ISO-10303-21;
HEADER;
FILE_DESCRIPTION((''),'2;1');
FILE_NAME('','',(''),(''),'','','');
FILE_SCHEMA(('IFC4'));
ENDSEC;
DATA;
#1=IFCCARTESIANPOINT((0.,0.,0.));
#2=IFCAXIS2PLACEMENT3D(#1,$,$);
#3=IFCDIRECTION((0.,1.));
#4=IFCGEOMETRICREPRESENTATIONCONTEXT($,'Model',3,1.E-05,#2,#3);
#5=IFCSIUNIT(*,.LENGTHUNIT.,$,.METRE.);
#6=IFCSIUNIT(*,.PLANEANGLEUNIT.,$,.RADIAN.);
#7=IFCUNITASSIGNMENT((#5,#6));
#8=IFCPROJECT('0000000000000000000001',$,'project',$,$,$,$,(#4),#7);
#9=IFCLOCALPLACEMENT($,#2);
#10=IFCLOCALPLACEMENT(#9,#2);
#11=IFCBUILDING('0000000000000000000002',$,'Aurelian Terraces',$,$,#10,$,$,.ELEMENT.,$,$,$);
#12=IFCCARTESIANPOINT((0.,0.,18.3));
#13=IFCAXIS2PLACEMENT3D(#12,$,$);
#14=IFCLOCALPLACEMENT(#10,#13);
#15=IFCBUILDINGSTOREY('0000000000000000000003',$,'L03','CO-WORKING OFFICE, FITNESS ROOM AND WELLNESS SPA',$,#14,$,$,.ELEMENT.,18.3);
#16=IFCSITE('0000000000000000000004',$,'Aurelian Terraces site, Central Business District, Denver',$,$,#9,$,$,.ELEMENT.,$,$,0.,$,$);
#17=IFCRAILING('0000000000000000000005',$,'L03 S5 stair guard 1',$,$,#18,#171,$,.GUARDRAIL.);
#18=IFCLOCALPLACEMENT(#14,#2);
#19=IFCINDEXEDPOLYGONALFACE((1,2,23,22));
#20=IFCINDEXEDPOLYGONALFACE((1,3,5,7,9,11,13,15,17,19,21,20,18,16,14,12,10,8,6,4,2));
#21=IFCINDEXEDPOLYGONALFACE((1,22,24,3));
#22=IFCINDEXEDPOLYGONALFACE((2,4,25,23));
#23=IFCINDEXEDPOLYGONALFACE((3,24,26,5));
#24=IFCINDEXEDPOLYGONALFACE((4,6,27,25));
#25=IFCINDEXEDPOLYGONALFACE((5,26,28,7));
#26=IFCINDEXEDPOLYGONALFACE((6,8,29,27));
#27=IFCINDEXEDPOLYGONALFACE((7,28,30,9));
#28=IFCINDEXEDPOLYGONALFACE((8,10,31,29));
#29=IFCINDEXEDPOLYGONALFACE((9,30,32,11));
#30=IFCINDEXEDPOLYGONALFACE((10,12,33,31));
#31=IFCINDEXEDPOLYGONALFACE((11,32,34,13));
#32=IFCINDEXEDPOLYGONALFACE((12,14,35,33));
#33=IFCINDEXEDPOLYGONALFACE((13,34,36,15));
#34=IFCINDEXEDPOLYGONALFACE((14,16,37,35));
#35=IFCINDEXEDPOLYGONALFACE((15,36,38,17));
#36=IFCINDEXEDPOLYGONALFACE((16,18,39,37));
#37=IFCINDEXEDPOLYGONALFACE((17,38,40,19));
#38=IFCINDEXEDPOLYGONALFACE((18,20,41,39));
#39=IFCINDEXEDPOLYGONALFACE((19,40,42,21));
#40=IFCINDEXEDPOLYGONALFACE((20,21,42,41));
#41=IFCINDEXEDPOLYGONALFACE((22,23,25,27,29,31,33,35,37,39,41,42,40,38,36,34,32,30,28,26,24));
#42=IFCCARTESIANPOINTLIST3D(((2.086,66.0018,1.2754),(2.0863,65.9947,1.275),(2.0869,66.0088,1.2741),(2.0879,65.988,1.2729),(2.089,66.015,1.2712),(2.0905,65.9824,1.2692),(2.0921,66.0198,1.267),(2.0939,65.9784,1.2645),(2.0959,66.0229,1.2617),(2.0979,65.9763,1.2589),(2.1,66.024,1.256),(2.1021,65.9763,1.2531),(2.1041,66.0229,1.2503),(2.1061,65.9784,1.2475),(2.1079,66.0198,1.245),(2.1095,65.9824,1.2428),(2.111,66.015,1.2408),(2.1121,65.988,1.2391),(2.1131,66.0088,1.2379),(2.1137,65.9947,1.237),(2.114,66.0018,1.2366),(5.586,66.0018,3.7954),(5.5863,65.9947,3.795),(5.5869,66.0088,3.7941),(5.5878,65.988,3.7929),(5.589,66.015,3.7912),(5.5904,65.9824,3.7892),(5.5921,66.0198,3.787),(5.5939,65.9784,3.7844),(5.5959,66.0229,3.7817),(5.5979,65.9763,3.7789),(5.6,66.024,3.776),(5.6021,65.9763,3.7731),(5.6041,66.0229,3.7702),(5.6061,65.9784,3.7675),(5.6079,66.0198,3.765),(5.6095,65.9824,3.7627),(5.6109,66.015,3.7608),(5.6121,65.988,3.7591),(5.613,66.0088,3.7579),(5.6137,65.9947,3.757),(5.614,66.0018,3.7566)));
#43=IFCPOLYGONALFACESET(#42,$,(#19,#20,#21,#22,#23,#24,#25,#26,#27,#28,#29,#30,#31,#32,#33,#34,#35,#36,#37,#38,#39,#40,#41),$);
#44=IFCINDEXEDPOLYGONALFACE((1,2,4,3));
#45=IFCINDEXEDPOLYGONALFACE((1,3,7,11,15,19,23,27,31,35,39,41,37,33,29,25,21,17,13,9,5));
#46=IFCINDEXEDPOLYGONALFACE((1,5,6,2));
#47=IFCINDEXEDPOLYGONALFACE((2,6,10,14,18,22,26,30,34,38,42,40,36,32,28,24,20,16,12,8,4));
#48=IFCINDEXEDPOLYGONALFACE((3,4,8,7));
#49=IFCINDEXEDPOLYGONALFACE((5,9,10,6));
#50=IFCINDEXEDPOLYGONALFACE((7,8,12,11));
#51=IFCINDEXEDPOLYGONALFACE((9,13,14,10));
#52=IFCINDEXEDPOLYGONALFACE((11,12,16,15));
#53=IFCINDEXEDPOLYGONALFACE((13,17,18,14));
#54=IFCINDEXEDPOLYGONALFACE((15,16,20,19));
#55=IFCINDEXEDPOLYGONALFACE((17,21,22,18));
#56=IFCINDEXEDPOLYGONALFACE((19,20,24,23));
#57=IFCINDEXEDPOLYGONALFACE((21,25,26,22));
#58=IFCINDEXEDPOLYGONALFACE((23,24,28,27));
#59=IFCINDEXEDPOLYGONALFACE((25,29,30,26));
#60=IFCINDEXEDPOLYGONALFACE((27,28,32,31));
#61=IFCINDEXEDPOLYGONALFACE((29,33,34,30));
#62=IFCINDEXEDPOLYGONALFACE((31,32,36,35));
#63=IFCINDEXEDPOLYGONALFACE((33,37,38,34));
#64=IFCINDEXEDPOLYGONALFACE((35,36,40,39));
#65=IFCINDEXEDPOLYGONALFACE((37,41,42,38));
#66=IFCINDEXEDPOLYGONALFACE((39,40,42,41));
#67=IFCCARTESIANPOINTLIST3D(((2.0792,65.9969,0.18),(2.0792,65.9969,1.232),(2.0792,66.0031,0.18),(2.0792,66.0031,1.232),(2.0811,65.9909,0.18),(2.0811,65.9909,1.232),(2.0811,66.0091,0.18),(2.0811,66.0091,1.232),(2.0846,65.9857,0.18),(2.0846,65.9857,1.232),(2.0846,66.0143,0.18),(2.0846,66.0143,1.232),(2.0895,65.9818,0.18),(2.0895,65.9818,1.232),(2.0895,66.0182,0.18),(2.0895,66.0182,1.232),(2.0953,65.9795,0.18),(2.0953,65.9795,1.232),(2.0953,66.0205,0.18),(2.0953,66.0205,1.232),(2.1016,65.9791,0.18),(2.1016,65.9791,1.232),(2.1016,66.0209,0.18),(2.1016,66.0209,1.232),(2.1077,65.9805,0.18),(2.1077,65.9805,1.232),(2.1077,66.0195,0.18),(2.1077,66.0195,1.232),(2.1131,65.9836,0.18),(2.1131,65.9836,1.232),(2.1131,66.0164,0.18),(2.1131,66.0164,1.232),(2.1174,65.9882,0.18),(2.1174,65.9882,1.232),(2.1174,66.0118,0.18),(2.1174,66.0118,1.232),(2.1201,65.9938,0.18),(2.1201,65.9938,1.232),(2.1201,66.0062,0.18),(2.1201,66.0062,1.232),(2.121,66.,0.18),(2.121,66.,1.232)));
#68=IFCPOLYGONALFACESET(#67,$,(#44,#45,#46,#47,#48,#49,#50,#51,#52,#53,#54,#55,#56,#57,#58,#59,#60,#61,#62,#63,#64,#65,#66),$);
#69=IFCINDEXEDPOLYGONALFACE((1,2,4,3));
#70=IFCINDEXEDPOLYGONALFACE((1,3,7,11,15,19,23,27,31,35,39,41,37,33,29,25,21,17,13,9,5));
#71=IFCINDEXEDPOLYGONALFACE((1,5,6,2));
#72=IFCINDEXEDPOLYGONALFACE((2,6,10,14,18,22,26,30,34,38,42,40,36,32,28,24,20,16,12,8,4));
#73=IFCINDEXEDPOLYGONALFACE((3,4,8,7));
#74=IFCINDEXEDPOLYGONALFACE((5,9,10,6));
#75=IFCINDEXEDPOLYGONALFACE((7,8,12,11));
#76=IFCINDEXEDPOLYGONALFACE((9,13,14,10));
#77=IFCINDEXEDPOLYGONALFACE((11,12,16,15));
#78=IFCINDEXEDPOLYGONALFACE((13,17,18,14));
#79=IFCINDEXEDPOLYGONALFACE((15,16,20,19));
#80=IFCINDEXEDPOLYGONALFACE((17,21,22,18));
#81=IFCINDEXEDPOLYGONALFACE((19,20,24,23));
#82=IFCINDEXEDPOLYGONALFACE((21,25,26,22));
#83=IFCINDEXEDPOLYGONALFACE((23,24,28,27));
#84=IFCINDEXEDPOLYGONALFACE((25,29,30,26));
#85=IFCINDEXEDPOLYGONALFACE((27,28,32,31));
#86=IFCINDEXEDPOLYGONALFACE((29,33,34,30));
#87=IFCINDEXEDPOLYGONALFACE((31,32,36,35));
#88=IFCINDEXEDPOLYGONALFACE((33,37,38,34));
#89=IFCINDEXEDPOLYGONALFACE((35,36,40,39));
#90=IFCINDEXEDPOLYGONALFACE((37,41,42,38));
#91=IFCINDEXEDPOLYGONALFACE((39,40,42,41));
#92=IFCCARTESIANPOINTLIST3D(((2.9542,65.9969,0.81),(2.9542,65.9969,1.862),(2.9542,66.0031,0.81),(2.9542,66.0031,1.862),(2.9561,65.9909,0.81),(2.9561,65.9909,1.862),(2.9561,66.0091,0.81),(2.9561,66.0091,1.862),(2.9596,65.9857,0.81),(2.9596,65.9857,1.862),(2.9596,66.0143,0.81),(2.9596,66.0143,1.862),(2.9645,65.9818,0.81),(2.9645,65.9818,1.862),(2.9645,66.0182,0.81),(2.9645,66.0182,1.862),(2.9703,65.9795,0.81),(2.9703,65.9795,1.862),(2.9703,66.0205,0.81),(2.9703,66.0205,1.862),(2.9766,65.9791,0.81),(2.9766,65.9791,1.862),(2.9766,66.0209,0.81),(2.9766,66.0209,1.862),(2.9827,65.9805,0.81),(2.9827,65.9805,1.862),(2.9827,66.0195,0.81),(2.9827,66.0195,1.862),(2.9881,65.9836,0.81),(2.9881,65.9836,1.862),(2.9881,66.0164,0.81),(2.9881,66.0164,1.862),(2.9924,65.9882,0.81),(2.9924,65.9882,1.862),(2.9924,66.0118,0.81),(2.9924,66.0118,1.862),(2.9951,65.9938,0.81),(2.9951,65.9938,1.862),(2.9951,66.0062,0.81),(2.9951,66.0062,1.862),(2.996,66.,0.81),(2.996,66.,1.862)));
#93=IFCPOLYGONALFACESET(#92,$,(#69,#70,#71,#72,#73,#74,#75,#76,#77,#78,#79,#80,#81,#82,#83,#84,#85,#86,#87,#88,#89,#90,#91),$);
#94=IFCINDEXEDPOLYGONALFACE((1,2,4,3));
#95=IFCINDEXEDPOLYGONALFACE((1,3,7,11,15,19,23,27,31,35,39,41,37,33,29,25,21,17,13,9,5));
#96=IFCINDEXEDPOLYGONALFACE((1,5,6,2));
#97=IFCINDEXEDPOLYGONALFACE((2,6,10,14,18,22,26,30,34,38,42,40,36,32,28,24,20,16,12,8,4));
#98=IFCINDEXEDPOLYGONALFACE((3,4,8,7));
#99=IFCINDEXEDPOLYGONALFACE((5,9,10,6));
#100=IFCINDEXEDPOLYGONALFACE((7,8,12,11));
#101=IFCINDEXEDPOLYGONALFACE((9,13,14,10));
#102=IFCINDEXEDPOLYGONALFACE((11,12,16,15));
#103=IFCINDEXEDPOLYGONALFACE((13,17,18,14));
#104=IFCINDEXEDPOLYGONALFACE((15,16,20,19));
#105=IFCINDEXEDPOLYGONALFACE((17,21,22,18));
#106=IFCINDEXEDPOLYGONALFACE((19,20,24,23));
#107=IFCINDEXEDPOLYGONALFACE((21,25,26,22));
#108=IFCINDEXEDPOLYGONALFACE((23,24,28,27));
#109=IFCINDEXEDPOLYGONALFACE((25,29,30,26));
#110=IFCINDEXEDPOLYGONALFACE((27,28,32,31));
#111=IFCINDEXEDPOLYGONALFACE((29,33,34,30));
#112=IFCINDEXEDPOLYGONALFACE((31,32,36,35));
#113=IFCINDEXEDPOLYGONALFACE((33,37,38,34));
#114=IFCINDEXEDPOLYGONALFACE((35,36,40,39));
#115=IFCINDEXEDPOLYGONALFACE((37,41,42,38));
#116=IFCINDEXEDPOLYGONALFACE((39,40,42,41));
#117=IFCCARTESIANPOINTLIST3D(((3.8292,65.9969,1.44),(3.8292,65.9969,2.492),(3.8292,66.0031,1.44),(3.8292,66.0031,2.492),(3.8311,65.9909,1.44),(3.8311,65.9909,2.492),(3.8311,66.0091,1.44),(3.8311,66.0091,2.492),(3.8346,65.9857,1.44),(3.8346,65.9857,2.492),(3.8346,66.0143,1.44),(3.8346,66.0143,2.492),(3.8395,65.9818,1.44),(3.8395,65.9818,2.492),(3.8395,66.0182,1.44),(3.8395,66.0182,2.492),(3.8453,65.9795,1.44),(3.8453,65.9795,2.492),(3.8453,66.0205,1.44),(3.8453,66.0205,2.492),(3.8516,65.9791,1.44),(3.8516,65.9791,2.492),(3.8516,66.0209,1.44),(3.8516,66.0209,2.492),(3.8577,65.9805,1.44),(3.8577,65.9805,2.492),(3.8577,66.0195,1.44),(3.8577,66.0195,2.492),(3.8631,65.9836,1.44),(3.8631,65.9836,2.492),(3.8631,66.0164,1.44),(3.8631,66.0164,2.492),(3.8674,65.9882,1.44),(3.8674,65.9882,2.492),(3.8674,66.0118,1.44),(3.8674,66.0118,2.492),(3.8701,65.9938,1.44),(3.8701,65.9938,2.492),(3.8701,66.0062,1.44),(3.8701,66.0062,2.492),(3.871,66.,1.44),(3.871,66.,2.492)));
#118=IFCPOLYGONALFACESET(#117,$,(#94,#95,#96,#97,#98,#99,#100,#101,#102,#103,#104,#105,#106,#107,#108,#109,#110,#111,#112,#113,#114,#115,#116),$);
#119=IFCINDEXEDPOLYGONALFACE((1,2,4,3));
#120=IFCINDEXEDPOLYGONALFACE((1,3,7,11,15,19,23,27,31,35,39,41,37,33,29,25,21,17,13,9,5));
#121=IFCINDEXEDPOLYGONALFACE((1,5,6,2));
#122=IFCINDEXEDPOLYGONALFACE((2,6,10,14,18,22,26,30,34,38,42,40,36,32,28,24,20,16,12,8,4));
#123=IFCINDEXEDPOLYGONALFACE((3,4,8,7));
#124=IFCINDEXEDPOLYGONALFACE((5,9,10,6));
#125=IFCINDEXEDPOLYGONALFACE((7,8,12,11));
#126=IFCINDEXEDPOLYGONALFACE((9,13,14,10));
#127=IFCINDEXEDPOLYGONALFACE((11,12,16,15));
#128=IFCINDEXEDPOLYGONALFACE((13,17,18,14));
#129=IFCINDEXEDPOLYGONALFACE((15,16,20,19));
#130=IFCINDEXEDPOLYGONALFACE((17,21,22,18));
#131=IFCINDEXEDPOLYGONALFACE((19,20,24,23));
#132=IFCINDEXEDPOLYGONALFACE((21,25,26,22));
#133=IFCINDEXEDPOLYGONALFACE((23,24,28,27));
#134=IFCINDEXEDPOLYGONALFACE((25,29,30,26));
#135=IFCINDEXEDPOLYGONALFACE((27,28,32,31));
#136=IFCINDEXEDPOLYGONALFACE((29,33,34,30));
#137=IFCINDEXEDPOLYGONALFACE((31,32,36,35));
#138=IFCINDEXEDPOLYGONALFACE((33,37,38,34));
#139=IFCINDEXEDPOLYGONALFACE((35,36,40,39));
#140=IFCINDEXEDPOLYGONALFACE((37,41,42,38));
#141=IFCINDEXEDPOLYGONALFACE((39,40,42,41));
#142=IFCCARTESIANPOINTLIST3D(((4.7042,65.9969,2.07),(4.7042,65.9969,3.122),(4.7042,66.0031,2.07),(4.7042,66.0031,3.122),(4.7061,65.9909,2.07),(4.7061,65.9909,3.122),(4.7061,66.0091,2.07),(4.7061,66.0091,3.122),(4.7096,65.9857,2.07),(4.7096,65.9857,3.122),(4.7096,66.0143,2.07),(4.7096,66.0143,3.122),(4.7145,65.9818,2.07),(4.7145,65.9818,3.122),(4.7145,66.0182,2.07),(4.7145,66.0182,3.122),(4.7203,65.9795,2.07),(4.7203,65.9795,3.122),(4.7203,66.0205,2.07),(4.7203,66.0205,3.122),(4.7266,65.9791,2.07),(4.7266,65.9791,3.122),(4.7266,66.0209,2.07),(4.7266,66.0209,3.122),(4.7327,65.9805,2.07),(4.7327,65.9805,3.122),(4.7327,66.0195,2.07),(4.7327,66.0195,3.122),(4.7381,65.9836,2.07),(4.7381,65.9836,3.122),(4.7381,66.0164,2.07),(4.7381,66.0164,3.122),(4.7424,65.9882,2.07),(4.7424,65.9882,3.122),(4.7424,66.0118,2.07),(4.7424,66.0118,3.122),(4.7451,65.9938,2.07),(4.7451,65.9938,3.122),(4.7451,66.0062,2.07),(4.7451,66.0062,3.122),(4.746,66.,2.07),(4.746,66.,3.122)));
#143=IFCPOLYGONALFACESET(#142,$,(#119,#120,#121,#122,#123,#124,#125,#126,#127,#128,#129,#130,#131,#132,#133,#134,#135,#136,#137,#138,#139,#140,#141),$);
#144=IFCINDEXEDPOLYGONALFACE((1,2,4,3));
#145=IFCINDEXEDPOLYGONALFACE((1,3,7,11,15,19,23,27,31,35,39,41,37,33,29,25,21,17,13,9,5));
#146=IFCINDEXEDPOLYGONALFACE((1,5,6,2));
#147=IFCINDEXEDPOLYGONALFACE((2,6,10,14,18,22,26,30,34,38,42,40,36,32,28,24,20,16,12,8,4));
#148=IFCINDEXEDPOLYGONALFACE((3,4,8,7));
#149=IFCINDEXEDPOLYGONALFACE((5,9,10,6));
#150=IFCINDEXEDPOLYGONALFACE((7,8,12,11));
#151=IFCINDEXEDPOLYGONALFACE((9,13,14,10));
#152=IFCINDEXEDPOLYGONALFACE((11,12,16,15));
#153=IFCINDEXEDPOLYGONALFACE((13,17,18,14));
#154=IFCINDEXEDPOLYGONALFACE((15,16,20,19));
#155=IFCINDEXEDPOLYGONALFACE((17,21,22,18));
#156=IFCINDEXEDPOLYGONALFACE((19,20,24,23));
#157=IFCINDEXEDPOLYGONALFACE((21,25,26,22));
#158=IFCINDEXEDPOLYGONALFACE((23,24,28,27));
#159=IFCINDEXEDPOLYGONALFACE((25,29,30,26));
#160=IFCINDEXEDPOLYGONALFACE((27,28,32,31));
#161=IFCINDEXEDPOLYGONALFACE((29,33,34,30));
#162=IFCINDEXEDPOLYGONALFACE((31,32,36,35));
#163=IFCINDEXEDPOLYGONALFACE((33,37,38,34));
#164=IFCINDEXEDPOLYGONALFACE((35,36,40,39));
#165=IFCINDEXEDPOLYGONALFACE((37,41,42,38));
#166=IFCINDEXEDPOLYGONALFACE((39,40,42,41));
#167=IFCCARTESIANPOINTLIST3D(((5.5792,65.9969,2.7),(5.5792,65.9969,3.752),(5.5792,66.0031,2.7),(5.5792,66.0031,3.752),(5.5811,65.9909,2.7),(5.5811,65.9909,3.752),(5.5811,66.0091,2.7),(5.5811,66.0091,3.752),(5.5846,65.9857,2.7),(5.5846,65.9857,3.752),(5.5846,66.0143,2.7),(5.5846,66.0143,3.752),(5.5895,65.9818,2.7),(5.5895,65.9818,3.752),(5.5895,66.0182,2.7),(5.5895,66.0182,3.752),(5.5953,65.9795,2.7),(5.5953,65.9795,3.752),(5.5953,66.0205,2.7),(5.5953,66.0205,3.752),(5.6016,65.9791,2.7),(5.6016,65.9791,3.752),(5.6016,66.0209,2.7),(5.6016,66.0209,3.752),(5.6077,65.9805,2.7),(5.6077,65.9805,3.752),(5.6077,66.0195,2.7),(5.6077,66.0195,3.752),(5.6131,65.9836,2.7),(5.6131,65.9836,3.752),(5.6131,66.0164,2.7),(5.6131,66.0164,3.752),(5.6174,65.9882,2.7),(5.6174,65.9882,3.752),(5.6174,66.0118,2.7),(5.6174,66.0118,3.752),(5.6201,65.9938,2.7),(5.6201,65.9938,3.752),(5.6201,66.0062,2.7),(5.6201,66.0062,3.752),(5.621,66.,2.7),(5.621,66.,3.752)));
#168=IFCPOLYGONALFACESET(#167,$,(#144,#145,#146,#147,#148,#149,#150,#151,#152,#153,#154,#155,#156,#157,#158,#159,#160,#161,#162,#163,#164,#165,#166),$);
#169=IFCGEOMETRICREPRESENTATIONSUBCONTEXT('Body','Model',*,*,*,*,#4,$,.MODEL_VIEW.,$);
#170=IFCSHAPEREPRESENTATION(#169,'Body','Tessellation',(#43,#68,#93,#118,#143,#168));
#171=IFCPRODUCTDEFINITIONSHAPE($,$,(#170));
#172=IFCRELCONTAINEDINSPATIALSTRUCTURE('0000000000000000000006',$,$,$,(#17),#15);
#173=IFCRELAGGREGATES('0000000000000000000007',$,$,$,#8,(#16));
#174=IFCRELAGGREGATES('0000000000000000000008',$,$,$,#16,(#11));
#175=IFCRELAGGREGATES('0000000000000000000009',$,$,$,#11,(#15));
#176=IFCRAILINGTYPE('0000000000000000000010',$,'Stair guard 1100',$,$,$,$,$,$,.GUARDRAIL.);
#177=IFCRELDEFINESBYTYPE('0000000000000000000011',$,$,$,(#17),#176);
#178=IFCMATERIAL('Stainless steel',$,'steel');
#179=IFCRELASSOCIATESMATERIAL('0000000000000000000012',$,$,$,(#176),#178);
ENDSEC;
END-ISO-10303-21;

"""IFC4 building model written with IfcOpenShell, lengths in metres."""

from ifc_helpers import new_model, si_unit, direction, frame, origin, origin_2d, place, context, subcontext, project, spatial, circle, extrude, source, transform, mapped, material, type_object, element, save


model = new_model("IFC4")

# Units and contexts
model_context = context("Model", 3, precision=1e-05, world=origin(), true_north=direction((0.0, 1.0)))
body_context = subcontext(model_context, "Body", "Model", "MODEL_VIEW")
ifc_project = project(units=[si_unit("LENGTHUNIT", "METRE"), si_unit("PLANEANGLEUNIT", "RADIAN")], contexts=[model_context])

# Site, building, storey
site_placement = place(None, origin())
site = spatial("IfcSite", under=ifc_project, at=site_placement, Name="Aurelian Terraces site, Central Business District, Denver", CompositionType="ELEMENT", RefElevation=0.0)
building_placement = place(site_placement, origin())
building = spatial("IfcBuilding", under=site, at=building_placement, Name="Aurelian Terraces", CompositionType="ELEMENT")
storey_placement = place(building_placement, frame((0.0, 0.0, 18.3)))
storey = spatial("IfcBuildingStorey", under=building, at=storey_placement, Name="L03", Description="CO-WORKING OFFICE, FITNESS ROOM AND WELLNESS SPA", CompositionType="ELEMENT", Elevation=18.3)

# Railing
ifc_material_1 = material(Name="Stainless steel", Category="steel")
railing_type_1 = type_object("IfcRailingType", Name="Stair guard 1100", PredefinedType="GUARDRAIL", material=ifc_material_1)
shared_shape_1 = source(origin(), body_context, "Body", "SweptSolid", [
    extrude(circle(Radius=0.024, at=origin_2d()), frame((0.0, 0.0, 1.076), z_axis=(0.811534, 0.0, 0.584305), x_axis=(0.0, 1.0, 0.0)), (0.0, 0.0, 1.0), 4.3128),
    extrude(circle(Radius=0.021, at=origin_2d()), origin(), (0.0, 0.0, 1.0), 1.052),
    extrude(circle(Radius=0.021, at=origin_2d()), frame((0.875, 0.0, 0.63)), (0.0, 0.0, 1.0), 1.052),
    extrude(circle(Radius=0.021, at=origin_2d()), frame((1.75, 0.0, 1.26)), (0.0, 0.0, 1.0), 1.052),
    extrude(circle(Radius=0.021, at=origin_2d()), frame((2.625, 0.0, 1.89)), (0.0, 0.0, 1.0), 1.052),
    extrude(circle(Radius=0.021, at=origin_2d()), frame((3.5, 0.0, 2.52)), (0.0, 0.0, 1.0), 1.052),
])
railing_1_placement = place(storey_placement, frame((2.1, 66.0, 0.18)))
element("IfcRailing", 1, at=railing_1_placement, inside=storey, type_object=railing_type_1, Name="L03 S5 stair guard 1", PredefinedType="GUARDRAIL", context=body_context, shape_type="MappedRepresentation", body=[
    mapped(shared_shape_1, transform((0.0, 0.0, 0.0), scale=1.0)),
])

save(model, "model.ifc")
